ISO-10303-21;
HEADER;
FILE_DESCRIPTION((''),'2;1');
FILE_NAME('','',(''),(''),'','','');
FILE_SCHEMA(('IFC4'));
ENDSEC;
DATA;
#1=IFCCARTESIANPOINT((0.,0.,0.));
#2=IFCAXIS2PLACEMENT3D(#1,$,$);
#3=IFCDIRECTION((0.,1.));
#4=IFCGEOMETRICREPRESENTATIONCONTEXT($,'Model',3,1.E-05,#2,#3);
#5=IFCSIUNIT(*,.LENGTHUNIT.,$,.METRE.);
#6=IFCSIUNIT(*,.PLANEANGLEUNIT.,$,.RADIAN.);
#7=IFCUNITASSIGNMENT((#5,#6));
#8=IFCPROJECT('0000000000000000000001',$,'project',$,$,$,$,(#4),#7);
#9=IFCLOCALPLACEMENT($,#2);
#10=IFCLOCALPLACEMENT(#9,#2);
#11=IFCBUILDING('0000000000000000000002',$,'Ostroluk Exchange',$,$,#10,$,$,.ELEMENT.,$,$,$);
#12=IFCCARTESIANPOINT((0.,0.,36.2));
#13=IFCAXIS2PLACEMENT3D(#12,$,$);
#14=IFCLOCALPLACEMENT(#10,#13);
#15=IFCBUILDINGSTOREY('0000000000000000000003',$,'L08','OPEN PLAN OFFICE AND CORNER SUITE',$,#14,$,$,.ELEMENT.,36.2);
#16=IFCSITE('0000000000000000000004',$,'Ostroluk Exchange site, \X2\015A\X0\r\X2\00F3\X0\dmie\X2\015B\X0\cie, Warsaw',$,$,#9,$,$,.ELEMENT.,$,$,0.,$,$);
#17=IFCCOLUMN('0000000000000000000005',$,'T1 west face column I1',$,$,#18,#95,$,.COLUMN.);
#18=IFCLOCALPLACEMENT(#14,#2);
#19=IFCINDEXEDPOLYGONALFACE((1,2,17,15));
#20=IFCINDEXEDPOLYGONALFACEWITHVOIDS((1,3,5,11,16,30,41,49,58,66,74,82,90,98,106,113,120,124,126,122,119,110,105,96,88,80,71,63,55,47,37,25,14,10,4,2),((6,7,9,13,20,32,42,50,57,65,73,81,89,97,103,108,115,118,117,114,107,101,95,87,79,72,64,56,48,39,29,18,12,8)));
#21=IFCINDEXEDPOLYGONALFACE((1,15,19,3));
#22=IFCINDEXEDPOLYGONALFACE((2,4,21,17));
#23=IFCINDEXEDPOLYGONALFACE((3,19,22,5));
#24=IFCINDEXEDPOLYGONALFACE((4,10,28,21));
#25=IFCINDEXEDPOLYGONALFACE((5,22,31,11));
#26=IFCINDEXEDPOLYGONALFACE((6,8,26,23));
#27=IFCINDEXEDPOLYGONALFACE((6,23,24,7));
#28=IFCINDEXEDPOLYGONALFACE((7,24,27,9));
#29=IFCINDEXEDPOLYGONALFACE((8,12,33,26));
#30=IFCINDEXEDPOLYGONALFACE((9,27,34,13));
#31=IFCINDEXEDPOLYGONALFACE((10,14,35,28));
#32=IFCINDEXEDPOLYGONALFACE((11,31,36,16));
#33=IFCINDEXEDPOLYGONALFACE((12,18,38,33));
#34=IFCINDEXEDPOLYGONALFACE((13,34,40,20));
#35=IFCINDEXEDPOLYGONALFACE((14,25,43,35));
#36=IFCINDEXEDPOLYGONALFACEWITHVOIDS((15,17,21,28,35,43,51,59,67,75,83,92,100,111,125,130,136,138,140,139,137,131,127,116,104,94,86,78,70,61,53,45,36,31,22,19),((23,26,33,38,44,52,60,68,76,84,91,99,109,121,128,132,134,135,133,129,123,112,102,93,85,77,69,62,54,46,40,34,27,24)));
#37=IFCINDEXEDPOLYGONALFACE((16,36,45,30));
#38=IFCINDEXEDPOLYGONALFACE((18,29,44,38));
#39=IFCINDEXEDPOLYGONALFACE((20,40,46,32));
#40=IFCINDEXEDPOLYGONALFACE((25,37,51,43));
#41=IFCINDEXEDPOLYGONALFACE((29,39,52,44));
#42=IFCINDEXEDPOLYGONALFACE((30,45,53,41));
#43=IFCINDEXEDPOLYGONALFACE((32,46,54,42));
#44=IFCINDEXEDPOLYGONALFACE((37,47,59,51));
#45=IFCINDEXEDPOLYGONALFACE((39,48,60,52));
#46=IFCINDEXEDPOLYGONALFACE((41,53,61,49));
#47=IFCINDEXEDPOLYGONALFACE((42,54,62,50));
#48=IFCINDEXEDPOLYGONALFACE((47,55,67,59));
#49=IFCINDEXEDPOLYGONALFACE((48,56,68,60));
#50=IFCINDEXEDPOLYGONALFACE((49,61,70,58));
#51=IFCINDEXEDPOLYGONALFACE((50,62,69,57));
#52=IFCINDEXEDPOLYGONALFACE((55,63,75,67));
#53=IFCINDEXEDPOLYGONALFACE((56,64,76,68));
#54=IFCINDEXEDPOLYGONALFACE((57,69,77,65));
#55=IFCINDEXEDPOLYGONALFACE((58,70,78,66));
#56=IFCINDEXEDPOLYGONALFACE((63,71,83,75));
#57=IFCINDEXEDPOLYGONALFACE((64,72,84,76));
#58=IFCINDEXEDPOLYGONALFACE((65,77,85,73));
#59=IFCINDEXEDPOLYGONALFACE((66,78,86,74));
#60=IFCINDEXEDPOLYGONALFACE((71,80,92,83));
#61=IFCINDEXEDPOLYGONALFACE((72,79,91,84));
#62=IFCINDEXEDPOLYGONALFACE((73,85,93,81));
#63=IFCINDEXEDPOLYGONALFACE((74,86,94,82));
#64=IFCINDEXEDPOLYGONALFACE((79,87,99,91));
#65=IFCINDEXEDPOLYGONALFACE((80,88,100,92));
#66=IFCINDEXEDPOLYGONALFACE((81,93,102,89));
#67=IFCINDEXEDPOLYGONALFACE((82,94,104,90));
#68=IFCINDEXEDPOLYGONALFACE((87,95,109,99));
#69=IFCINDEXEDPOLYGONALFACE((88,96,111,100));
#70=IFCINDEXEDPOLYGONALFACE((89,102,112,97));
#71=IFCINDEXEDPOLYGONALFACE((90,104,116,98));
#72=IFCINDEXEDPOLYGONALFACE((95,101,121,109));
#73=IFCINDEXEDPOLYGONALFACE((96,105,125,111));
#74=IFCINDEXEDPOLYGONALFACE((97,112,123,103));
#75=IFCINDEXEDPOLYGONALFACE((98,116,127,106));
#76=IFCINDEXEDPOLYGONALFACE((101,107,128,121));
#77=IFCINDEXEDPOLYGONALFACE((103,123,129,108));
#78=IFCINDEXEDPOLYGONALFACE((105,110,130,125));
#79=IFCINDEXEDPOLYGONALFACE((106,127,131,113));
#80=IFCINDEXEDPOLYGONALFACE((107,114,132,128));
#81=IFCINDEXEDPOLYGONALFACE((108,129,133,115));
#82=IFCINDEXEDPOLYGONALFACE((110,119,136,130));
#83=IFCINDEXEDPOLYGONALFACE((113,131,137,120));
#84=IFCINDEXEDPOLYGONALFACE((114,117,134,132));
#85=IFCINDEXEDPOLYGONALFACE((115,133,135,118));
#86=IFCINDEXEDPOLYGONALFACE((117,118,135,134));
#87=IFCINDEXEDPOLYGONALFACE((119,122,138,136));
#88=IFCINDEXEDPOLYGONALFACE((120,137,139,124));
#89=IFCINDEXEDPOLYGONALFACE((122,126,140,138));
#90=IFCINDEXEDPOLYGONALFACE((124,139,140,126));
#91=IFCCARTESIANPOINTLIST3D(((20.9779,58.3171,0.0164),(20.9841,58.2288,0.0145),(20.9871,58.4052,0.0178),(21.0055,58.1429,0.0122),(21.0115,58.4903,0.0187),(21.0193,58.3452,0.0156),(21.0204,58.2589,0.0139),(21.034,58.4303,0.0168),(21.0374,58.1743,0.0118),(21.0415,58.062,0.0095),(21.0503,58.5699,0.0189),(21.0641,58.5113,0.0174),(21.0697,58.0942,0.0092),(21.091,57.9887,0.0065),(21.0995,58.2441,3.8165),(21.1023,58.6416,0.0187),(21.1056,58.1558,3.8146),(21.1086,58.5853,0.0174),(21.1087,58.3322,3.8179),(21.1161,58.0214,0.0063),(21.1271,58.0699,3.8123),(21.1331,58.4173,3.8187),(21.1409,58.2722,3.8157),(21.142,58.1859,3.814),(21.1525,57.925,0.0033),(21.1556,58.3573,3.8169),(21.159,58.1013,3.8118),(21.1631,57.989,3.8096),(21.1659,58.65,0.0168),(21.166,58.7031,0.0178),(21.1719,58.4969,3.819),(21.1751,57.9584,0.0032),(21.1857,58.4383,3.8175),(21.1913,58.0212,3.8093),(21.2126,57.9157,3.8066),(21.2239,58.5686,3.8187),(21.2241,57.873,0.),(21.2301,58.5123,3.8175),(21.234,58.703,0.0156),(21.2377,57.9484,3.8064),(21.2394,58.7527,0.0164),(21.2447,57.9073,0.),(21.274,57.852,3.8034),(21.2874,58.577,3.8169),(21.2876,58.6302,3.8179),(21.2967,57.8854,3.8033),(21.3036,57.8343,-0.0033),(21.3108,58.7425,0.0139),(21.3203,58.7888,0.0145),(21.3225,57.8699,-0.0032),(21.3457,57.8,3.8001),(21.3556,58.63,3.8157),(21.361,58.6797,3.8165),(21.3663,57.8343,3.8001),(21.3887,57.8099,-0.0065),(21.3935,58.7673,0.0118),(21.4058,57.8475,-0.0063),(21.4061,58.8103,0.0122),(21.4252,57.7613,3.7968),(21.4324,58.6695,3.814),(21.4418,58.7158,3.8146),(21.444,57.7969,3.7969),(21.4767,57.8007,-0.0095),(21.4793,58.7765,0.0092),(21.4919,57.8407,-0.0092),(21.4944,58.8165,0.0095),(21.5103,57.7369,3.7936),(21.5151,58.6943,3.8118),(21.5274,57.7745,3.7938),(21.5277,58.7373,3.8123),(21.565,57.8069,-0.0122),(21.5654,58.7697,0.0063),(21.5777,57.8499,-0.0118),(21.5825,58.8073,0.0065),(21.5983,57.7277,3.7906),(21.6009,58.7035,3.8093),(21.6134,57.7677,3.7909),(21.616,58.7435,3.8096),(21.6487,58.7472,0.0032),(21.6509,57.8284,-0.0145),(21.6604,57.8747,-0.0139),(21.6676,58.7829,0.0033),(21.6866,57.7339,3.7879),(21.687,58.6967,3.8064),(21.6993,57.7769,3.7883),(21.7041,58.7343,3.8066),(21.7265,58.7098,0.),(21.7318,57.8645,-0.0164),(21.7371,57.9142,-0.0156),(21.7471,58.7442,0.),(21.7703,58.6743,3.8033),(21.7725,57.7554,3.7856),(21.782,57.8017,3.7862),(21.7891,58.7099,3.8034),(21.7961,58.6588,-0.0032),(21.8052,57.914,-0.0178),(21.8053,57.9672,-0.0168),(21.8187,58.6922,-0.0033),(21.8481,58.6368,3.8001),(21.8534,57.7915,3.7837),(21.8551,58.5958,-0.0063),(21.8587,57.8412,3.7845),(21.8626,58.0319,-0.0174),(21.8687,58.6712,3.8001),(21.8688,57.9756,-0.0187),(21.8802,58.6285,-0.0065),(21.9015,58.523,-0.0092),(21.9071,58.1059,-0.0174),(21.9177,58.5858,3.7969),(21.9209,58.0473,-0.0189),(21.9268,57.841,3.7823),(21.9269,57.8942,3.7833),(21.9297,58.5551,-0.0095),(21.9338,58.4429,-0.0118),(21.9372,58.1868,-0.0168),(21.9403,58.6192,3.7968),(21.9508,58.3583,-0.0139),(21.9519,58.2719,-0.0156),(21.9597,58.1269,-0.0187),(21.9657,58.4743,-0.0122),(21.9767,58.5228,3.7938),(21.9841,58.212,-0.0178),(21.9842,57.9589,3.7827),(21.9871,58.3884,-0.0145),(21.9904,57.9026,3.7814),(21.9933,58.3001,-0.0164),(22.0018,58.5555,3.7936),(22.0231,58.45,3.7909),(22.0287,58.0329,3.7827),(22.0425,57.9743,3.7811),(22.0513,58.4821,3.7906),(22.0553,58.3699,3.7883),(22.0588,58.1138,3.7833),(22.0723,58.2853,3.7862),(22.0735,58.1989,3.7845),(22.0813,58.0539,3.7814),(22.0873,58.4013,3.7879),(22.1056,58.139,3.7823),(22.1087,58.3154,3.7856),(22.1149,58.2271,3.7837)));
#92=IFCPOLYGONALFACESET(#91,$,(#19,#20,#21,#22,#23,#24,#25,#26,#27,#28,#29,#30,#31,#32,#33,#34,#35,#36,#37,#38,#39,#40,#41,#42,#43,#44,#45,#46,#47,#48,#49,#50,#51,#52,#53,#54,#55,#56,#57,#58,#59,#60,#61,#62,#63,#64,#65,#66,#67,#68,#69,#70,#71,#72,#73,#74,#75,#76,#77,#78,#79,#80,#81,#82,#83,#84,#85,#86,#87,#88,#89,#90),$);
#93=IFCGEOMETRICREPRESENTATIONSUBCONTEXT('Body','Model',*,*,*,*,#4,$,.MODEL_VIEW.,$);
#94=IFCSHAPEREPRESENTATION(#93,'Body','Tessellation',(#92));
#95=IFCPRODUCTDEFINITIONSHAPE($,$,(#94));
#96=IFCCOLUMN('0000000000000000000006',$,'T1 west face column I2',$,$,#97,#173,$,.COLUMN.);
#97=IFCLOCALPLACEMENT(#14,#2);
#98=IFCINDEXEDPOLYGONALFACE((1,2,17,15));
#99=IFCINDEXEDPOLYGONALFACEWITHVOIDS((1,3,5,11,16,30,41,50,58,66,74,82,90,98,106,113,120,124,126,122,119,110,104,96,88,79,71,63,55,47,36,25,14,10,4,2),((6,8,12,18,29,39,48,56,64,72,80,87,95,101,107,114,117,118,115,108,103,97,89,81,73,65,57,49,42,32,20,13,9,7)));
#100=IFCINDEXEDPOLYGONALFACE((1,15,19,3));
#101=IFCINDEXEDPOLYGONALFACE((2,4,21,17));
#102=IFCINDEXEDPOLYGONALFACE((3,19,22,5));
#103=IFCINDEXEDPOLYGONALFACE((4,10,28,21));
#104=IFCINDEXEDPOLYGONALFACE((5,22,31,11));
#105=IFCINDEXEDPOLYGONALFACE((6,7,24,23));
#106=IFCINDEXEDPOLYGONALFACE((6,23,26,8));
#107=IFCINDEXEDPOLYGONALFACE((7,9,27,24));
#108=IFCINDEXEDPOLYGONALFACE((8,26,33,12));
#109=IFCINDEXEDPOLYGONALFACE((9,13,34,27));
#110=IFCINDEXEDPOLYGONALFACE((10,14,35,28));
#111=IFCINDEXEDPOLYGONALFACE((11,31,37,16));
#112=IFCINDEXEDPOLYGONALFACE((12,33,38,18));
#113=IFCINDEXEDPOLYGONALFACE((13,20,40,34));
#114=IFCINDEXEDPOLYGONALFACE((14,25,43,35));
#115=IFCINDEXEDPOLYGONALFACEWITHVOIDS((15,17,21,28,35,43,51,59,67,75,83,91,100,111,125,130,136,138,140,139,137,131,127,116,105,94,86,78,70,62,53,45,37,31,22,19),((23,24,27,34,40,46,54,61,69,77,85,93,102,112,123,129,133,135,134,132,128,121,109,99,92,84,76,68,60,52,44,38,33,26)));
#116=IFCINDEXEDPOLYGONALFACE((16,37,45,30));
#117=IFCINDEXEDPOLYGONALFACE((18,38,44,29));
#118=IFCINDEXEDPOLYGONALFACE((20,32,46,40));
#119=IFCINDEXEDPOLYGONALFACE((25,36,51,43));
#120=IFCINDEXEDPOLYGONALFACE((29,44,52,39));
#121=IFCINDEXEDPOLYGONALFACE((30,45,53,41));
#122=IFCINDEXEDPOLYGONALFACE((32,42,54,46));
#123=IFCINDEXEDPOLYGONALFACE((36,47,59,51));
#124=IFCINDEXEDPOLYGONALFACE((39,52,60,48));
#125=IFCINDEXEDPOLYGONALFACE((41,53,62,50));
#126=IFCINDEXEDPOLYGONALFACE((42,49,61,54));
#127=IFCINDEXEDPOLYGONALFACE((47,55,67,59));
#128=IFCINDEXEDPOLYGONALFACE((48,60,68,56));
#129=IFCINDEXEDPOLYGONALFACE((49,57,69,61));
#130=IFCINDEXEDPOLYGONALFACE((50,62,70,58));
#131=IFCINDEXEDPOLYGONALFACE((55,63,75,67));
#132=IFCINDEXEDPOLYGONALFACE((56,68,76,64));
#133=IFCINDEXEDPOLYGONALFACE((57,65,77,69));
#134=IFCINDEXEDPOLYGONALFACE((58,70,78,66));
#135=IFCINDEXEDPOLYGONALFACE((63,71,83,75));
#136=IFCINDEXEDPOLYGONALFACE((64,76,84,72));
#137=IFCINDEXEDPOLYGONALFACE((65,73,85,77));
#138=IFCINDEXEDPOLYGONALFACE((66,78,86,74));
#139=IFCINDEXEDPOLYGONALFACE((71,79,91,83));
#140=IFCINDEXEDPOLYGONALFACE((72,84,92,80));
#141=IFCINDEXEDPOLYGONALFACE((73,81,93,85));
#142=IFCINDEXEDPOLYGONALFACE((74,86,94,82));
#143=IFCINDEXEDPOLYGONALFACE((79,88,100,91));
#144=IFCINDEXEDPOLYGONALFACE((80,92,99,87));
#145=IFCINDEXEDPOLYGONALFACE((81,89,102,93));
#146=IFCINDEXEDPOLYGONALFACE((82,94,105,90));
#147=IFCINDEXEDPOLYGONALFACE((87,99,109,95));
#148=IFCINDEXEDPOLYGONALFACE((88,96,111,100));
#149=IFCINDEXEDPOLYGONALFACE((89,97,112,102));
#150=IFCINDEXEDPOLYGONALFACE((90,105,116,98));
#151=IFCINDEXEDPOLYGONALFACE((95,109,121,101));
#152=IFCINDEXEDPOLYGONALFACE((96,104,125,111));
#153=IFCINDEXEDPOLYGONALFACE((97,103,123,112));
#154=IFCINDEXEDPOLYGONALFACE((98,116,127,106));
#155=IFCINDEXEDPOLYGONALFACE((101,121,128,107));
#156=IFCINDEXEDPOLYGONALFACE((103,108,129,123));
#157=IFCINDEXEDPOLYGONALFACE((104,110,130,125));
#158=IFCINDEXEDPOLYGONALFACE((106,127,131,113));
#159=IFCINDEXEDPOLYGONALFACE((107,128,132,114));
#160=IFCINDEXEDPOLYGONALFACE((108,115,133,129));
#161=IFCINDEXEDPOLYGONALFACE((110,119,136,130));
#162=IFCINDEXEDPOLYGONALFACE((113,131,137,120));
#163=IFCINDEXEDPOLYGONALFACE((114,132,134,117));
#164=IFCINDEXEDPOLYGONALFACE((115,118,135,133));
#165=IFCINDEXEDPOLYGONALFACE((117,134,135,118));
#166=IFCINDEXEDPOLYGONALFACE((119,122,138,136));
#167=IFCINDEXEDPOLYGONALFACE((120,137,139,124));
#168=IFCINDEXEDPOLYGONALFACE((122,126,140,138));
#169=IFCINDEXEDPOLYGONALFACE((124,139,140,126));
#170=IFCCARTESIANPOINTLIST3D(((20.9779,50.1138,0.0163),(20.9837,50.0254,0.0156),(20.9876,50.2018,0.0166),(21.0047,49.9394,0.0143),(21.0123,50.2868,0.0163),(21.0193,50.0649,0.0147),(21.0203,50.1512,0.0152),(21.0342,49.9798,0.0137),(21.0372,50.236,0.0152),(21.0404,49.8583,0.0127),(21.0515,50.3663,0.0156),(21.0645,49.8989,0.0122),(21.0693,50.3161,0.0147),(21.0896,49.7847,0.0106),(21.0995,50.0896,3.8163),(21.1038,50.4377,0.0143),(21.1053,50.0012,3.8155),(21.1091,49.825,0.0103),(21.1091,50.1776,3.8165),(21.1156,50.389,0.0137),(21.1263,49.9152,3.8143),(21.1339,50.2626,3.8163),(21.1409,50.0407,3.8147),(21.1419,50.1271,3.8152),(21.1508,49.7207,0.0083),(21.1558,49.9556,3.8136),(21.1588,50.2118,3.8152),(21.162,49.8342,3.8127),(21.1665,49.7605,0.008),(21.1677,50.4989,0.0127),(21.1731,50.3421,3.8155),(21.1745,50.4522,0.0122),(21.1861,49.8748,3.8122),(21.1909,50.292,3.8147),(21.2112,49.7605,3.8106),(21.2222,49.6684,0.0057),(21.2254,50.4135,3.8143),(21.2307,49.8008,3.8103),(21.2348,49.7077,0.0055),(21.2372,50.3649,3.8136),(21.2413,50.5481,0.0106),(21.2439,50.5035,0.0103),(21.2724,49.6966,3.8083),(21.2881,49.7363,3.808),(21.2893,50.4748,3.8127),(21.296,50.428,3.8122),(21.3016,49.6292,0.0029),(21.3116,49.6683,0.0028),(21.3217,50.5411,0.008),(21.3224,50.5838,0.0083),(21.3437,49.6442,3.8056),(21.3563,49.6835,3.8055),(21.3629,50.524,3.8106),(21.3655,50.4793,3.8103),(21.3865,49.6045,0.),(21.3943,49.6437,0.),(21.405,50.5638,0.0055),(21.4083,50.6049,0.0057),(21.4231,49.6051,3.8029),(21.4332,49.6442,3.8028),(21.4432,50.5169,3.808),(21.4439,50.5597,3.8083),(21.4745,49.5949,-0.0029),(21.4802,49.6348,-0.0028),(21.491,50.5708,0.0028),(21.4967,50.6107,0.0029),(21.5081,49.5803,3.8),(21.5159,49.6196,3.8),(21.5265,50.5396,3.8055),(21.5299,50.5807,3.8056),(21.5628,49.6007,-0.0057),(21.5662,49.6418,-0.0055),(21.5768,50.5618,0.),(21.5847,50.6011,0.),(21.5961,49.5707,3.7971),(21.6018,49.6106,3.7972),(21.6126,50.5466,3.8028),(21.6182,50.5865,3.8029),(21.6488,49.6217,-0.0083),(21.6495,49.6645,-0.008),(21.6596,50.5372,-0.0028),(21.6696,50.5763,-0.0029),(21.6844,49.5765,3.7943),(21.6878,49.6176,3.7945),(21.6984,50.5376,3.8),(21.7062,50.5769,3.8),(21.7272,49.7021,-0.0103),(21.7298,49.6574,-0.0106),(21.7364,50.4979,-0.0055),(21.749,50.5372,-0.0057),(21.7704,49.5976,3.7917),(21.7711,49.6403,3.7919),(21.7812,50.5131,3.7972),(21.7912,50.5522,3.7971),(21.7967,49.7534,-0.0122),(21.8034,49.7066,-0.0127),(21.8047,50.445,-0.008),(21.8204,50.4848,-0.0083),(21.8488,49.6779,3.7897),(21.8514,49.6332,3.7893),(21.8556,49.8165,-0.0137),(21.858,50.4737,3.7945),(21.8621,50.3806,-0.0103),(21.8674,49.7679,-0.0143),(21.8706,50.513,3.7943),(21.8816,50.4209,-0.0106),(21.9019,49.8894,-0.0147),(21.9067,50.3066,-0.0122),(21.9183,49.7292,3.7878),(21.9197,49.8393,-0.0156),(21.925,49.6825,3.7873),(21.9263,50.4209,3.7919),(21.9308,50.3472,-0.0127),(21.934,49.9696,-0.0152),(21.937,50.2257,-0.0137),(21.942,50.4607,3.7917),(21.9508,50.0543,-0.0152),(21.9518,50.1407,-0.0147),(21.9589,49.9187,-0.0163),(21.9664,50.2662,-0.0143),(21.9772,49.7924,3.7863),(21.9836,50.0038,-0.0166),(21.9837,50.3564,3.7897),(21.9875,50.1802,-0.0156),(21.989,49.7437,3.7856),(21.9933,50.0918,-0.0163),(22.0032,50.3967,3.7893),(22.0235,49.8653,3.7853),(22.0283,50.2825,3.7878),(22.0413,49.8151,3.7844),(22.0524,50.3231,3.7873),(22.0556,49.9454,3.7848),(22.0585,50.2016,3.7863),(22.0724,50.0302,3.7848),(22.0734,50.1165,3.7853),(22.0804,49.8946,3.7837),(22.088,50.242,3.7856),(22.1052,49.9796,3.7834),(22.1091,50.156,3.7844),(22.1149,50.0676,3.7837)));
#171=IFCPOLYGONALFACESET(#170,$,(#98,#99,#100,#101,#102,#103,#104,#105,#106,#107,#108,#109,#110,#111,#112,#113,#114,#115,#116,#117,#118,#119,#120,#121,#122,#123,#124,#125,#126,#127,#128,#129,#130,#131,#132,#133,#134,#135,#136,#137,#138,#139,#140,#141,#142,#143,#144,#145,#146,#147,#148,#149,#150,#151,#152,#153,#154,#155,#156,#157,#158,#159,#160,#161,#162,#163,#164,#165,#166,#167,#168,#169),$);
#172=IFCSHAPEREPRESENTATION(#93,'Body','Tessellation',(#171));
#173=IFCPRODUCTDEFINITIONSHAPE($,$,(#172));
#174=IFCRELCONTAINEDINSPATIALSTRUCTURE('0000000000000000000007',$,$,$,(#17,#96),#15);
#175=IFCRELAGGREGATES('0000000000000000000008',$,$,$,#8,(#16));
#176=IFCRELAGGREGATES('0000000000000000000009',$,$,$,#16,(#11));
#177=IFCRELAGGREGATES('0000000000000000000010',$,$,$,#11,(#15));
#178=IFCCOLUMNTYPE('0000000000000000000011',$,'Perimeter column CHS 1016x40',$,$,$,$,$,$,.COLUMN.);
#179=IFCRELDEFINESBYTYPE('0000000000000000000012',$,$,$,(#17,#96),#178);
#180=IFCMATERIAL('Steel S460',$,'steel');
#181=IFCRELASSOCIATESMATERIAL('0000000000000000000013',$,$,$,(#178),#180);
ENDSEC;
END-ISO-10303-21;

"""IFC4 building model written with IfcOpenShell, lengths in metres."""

from ifc_helpers import new_model, si_unit, direction, frame, origin, origin_2d, place, context, subcontext, project, spatial, hollow_circle, extrude, material, material_profile, profile_set, type_object, element, save


model = new_model("IFC4")

# Units and contexts
model_context = context("Model", 3, precision=1e-05, world=origin(), true_north=direction((0.0, 1.0)))
body_context = subcontext(model_context, "Body", "Model", "MODEL_VIEW")
ifc_project = project(units=[si_unit("LENGTHUNIT", "METRE"), si_unit("PLANEANGLEUNIT", "RADIAN")], contexts=[model_context])

# Site, building, storey
site_placement = place(None, origin())
site = spatial("IfcSite", under=ifc_project, at=site_placement, Name="Ostroluk Exchange site, Śródmieście, Warsaw", CompositionType="ELEMENT", RefElevation=0.0)
building_placement = place(site_placement, origin())
building = spatial("IfcBuilding", under=site, at=building_placement, Name="Ostroluk Exchange", CompositionType="ELEMENT")
storey_placement = place(building_placement, frame((0.0, 0.0, 36.2)))
storey = spatial("IfcBuildingStorey", under=building, at=storey_placement, Name="L08", Description="OPEN PLAN OFFICE AND CORNER SUITE", CompositionType="ELEMENT", Elevation=36.2)

# Columns
ifc_material_1 = material(Name="Steel S460", Category="steel")
ifc_material_profile_1 = material_profile(ifc_material_1, hollow_circle(Radius=0.5081, WallThickness=0.04, at=origin_2d()), Name="CHS 1016x40")
ifc_profile_set_1 = profile_set([ifc_material_profile_1], Name="Steel S460")
column_type = type_object("IfcColumnType", Name="Perimeter column CHS 1016x40", PredefinedType="COLUMN", material=ifc_profile_set_1)
column_1_placement = place(storey_placement, frame((21.4856, 58.3086, 0.0), z_axis=(0.031973, -0.019196, 0.999304), x_axis=(0.514749, 0.857341, 0.0)))
element("IfcColumn", 1, at=column_1_placement, inside=storey, type_object=column_type, Name="T1 west face column I1", PredefinedType="COLUMN", context=body_context, shape_type="SweptSolid", body=[
    extrude(hollow_circle(Radius=0.5081, WallThickness=0.04, at=origin_2d()), origin(), (0.0, 0.0, 1.0), 3.8027),
])
column_2_placement = place(storey_placement, frame((21.4856, 50.1028, 0.0), z_axis=(0.031978, -0.006357, 0.999468), x_axis=(0.19498, 0.980807, 0.0)))
element("IfcColumn", 2, at=column_2_placement, inside=storey, type_object=column_type, Name="T1 west face column I2", PredefinedType="COLUMN", context=body_context, shape_type="SweptSolid", body=[
    extrude(hollow_circle(Radius=0.5081, WallThickness=0.04, at=origin_2d()), origin(), (0.0, 0.0, 1.0), 3.802),
])

save(model, "model.ifc")
